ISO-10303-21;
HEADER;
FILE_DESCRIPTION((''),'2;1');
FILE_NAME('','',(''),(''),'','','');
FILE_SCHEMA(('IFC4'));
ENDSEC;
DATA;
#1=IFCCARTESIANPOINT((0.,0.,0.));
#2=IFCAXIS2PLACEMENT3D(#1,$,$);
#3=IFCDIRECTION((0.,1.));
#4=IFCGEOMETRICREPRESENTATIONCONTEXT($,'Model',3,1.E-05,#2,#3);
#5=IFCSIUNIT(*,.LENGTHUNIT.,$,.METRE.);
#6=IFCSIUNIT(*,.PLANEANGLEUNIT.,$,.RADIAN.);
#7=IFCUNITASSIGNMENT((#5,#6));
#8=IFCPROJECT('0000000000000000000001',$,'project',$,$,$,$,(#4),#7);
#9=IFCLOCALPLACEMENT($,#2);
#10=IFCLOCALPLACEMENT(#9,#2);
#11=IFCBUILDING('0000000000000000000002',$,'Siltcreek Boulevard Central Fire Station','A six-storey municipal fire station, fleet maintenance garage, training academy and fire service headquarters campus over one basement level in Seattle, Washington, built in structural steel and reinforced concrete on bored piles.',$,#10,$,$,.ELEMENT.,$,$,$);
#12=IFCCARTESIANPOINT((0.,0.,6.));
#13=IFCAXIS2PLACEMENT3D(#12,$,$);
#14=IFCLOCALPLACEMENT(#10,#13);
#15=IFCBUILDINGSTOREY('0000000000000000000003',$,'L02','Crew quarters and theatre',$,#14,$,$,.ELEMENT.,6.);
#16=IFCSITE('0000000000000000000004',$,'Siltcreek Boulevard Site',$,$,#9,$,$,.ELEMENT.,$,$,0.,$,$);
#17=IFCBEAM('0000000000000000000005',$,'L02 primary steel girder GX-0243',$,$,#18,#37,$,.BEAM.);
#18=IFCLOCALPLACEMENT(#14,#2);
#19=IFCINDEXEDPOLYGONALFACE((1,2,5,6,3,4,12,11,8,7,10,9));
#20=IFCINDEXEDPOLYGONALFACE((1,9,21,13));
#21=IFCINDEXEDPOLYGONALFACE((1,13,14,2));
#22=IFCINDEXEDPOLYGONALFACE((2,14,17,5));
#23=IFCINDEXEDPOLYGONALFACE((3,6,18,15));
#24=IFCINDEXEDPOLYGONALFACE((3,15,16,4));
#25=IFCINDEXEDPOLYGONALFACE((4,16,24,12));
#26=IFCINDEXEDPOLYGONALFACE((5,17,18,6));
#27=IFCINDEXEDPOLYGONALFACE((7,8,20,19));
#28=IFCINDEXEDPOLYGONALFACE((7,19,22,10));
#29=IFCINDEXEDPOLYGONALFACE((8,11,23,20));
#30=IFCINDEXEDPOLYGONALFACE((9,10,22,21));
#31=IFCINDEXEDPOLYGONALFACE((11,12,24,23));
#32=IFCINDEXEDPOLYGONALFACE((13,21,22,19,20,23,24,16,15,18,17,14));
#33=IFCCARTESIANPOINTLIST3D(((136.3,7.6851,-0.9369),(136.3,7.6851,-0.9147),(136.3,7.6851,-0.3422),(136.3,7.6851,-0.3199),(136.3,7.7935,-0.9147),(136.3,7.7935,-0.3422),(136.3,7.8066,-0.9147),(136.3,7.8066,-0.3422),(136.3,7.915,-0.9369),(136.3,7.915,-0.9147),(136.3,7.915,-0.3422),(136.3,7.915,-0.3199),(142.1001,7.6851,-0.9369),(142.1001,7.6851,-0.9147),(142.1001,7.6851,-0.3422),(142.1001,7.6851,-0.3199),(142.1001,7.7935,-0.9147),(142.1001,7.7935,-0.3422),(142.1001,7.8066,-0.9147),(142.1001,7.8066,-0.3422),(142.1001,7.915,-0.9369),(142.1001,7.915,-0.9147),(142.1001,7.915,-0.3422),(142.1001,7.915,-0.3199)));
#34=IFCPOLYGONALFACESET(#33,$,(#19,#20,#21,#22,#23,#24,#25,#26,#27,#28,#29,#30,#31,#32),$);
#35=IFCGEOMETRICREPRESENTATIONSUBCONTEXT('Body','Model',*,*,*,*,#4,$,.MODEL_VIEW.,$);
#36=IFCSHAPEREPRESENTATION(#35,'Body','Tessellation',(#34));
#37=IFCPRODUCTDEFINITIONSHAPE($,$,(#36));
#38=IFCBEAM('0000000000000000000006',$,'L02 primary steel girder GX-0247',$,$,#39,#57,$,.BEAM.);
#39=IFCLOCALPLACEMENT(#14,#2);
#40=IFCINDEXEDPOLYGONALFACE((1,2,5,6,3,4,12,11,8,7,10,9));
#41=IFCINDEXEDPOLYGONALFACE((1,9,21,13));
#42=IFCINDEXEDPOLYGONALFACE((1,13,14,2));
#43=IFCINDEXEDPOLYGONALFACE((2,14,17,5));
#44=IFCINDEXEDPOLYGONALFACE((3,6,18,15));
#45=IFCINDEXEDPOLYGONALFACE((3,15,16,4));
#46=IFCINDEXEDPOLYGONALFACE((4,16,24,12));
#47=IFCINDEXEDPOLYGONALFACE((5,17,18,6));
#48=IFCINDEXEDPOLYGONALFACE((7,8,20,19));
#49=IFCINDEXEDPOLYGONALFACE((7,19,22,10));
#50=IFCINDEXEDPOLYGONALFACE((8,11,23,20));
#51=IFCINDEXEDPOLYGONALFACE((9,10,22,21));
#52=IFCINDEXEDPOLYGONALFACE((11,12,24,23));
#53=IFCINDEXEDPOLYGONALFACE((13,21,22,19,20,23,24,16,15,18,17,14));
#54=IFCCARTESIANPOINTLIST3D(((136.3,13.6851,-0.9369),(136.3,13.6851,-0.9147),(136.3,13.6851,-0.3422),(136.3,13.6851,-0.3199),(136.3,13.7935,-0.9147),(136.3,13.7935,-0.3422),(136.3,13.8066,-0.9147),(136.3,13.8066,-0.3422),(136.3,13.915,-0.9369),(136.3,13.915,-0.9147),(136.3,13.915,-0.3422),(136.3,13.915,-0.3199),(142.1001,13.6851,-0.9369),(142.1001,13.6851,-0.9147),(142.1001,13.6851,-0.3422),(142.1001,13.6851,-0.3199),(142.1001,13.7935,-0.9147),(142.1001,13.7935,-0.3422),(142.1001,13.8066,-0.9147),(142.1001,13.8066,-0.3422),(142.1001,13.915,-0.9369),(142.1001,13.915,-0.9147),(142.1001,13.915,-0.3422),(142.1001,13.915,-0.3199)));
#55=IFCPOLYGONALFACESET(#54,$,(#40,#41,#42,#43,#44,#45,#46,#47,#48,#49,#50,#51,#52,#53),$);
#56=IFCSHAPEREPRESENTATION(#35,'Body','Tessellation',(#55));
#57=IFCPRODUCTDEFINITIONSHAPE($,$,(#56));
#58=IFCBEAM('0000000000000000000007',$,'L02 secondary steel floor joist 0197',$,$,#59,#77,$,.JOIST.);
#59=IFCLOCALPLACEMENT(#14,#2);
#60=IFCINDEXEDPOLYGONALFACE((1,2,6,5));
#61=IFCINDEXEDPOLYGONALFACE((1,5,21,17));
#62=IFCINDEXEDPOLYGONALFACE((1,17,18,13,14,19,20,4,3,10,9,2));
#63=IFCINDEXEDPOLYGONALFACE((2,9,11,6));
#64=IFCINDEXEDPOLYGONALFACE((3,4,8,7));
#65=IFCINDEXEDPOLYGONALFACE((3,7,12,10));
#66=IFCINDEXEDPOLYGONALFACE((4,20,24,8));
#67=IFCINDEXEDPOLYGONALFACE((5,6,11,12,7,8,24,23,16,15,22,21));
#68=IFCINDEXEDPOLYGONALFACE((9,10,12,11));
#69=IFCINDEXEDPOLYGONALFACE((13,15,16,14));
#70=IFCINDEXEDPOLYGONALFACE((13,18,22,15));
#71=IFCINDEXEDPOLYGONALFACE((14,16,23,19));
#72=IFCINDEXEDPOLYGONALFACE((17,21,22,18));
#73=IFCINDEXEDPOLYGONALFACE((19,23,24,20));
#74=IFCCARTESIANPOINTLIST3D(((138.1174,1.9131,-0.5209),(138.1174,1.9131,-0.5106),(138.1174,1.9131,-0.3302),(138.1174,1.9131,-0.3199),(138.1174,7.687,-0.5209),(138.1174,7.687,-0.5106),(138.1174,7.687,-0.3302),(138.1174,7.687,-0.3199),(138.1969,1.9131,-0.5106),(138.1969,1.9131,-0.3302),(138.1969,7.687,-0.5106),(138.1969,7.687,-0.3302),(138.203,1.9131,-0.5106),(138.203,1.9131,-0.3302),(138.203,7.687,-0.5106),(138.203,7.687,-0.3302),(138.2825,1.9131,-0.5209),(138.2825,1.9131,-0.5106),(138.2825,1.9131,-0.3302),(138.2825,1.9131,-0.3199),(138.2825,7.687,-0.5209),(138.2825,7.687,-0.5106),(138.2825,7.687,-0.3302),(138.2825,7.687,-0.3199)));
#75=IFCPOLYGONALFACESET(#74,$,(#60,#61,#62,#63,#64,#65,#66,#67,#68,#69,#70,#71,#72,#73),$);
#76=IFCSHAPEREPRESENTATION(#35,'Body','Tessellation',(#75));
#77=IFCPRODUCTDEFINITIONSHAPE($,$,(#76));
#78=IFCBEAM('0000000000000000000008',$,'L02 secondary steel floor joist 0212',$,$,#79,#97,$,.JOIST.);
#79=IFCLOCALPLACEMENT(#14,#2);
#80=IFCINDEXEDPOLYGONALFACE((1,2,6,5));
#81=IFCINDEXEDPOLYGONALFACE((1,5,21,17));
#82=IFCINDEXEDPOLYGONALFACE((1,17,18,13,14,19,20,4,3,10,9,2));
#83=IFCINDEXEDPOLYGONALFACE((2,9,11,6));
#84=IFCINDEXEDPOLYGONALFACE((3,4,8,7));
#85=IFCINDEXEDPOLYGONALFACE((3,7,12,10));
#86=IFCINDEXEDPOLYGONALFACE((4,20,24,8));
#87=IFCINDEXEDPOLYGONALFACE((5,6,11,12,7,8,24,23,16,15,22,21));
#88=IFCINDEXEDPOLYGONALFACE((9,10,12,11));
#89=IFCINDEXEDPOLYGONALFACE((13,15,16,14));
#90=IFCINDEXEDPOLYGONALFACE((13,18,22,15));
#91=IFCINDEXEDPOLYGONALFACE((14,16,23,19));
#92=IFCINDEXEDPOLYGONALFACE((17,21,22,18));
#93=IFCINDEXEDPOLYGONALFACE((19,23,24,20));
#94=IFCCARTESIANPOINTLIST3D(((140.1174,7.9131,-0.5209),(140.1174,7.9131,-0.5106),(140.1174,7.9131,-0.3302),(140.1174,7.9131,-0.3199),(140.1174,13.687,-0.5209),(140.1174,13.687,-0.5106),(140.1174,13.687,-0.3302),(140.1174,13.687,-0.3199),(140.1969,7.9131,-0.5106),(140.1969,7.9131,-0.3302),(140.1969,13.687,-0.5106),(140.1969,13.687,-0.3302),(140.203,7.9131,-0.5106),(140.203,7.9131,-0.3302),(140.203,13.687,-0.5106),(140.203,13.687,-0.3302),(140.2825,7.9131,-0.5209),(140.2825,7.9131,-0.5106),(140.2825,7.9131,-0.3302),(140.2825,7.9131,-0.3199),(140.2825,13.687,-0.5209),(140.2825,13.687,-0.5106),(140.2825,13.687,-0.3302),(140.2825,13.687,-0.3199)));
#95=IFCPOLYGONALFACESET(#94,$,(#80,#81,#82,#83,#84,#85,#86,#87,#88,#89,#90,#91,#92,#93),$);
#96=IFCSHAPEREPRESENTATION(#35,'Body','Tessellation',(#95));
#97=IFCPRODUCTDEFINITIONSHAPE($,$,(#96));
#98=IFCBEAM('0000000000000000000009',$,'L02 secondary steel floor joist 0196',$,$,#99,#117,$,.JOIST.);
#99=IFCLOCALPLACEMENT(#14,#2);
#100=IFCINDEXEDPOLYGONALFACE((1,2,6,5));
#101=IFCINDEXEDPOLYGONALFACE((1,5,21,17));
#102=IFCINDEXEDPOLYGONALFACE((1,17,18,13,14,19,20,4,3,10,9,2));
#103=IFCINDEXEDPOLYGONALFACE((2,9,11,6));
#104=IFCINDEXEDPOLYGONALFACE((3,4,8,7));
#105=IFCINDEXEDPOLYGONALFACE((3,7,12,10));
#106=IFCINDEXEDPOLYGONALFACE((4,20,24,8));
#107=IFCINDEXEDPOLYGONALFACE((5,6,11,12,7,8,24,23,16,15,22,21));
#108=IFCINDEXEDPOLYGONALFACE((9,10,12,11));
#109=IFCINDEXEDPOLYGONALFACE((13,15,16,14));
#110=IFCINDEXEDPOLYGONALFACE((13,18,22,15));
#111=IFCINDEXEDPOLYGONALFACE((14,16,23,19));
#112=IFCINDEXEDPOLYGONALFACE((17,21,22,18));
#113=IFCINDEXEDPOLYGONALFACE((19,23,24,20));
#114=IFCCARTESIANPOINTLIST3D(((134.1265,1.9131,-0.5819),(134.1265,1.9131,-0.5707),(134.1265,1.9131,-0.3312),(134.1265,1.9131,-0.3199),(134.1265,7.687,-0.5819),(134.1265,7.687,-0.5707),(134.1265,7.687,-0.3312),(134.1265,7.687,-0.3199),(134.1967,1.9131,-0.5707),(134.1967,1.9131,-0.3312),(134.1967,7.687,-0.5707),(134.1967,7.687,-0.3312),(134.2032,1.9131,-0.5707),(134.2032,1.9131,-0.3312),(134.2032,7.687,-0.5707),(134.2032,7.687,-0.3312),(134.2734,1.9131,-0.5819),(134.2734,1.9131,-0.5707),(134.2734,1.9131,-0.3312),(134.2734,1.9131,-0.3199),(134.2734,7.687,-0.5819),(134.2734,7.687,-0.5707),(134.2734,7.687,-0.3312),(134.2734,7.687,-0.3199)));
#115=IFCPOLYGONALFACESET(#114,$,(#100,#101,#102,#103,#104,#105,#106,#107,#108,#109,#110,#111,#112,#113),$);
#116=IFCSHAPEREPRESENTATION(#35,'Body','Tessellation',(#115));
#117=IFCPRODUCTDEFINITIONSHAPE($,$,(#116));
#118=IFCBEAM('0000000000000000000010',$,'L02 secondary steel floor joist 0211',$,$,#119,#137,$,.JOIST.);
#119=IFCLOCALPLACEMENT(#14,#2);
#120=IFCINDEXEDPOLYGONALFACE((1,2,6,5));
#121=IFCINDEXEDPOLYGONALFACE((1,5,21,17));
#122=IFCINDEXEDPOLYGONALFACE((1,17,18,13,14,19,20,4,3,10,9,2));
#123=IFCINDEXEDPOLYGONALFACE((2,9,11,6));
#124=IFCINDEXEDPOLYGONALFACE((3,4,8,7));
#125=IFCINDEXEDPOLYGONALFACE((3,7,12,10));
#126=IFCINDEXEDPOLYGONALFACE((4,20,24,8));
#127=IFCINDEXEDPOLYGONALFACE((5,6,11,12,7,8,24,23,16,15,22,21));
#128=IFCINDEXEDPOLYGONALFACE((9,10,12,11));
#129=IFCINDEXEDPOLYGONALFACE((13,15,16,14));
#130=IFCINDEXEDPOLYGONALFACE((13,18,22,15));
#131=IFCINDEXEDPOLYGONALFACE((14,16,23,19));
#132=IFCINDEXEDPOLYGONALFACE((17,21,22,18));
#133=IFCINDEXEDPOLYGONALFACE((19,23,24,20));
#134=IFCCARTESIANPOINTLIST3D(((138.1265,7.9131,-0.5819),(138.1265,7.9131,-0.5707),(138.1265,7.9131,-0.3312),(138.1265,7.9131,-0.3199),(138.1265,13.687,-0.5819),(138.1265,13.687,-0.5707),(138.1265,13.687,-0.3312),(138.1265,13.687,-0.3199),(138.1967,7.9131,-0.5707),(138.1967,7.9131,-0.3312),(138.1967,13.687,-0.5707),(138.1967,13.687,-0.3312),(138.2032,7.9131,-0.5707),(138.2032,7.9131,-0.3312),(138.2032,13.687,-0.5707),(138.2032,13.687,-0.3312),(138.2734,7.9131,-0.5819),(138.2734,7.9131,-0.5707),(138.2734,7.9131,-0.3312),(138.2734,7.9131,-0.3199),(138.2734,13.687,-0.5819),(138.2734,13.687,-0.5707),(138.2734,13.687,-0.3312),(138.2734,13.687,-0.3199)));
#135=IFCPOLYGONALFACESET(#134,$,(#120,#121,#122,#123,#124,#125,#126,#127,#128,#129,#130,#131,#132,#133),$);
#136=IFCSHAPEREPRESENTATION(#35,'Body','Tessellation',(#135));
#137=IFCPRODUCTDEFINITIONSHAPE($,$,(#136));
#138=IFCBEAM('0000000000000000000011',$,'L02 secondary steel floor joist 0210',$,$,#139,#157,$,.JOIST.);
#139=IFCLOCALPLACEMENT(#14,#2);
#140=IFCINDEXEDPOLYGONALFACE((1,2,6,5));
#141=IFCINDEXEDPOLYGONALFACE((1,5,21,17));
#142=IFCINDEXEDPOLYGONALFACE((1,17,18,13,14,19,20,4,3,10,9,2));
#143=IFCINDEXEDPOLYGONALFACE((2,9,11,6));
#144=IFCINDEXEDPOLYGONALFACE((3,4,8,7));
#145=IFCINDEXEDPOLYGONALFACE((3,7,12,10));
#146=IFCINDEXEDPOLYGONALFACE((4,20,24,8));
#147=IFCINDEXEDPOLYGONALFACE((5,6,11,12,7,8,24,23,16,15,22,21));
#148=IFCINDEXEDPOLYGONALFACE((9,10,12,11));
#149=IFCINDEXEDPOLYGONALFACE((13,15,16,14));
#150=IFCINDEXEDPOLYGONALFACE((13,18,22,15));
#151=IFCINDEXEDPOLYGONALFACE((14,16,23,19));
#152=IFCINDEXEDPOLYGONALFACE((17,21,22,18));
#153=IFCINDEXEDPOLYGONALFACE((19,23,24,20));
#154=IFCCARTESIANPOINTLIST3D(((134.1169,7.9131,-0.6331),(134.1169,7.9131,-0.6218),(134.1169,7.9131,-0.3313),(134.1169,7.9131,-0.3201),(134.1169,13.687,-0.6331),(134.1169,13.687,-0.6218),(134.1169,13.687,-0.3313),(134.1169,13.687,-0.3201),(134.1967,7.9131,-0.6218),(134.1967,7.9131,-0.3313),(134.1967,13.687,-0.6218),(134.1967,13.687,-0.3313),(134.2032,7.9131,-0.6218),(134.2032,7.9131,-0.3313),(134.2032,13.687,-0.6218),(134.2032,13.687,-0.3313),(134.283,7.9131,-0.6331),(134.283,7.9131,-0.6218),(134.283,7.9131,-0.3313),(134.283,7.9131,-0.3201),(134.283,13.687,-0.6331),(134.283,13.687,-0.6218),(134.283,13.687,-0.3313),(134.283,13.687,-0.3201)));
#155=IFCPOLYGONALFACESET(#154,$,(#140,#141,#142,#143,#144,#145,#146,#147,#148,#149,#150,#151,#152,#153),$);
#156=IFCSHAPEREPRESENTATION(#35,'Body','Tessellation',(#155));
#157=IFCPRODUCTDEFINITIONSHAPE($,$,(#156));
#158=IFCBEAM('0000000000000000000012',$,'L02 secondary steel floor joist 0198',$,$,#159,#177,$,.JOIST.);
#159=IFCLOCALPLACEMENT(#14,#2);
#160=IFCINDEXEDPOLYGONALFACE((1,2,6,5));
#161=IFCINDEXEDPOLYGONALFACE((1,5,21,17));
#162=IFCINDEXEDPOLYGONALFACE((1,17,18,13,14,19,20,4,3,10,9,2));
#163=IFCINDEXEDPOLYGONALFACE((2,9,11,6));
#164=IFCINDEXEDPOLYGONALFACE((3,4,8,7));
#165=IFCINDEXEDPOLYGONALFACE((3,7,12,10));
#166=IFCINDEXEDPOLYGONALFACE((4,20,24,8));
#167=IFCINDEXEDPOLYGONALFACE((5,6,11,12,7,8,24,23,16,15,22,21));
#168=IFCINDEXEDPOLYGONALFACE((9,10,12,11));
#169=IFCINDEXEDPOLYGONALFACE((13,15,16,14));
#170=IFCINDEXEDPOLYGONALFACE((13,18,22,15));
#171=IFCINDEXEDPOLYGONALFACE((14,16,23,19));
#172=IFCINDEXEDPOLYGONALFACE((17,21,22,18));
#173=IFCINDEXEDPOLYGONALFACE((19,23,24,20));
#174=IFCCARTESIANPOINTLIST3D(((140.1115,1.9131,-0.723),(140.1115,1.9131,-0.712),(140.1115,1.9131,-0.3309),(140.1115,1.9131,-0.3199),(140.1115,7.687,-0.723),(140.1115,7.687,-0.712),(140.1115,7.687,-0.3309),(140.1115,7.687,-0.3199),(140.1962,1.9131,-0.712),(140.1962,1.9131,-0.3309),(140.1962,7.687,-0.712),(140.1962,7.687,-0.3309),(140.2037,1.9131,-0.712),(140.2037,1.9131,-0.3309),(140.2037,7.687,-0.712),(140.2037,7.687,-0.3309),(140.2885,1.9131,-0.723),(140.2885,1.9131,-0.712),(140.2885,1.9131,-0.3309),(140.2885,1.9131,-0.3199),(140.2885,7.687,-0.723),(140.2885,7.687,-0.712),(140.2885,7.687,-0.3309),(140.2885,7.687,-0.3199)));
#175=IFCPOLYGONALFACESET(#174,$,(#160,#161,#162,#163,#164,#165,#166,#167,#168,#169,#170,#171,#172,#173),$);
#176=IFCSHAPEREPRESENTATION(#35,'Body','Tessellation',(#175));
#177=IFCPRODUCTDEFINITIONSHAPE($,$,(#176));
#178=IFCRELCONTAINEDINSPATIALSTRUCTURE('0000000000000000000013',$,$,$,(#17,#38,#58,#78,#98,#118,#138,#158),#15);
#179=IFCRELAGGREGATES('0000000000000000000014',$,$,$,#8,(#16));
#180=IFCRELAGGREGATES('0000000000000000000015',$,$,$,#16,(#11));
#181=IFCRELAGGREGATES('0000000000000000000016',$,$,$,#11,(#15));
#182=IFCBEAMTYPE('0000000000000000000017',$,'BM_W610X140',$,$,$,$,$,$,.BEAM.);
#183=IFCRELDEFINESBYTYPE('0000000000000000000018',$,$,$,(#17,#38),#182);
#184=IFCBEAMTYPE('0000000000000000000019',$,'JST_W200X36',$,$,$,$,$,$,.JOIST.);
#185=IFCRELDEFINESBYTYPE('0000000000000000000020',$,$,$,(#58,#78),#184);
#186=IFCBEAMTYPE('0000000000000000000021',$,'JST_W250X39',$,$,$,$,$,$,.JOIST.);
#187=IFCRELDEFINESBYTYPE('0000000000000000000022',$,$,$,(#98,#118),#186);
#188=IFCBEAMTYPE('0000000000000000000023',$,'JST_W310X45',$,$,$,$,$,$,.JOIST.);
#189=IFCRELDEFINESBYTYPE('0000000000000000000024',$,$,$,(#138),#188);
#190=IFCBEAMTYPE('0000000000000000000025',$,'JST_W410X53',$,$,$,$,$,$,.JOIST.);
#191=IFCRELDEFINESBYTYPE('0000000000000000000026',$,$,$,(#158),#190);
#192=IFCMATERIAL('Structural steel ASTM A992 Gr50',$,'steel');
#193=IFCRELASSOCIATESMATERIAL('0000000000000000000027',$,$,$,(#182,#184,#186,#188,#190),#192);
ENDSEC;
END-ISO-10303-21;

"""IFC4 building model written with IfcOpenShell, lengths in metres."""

from ifc_helpers import new_model, si_unit, direction, frame, origin, origin_2d, place, context, subcontext, project, spatial, i_section, extrude, material, material_profile, profile_set, type_object, element, save


model = new_model("IFC4")

# Units and contexts
model_context = context("Model", 3, precision=1e-05, world=origin(), true_north=direction((0.0, 1.0)))
body_context = subcontext(model_context, "Body", "Model", "MODEL_VIEW")
ifc_project = project(units=[si_unit("LENGTHUNIT", "METRE"), si_unit("PLANEANGLEUNIT", "RADIAN")], contexts=[model_context])

# Site, building, storey
site_placement = place(None, origin())
site = spatial("IfcSite", under=ifc_project, at=site_placement, Name="Siltcreek Boulevard Site", CompositionType="ELEMENT", RefElevation=0.0)
building_placement = place(site_placement, origin())
building = spatial("IfcBuilding", under=site, at=building_placement, Name="Siltcreek Boulevard Central Fire Station", Description="A six-storey municipal fire station, fleet maintenance garage, training academy and fire service headquarters campus over one basement level in Seattle, Washington, built in structural steel and reinforced concrete on bored piles.", CompositionType="ELEMENT")
storey_placement = place(building_placement, frame((0.0, 0.0, 6.0)))
storey = spatial("IfcBuildingStorey", under=building, at=storey_placement, Name="L02", Description="Crew quarters and theatre", CompositionType="ELEMENT", Elevation=6.0)

# Shared definitions
ifc_material_1 = material(Name="Structural steel ASTM A992 Gr50", Category="steel")

# Beams
ifc_material_profile_1 = material_profile(ifc_material_1, i_section(OverallWidth=0.23, OverallDepth=0.6169, WebThickness=0.0132, FlangeThickness=0.0222, at=origin_2d()), Name="W610X140")
ifc_profile_set_1 = profile_set([ifc_material_profile_1], Name="Structural steel ASTM A992 Gr50")
beam_type_1 = type_object("IfcBeamType", Name="BM_W610X140", PredefinedType="BEAM", material=ifc_profile_set_1)
for number, where, z_axis, x_axis, name in (
    (1, (136.3, 7.8, -0.6284), (1.0, 0.0, 0.0), (0.0, 1.0, 0.0), "L02 primary steel girder GX-0243"),
    (2, (136.3, 13.8, -0.6284), (1.0, 0.0, 0.0), (0.0, 1.0, 0.0), "L02 primary steel girder GX-0247"),
):
    element("IfcBeam", number, at=place(storey_placement, frame(where, z_axis=z_axis, x_axis=x_axis)), inside=storey, type_object=beam_type_1, Name=name, PredefinedType="BEAM", context=body_context, shape_type="SweptSolid", body=[
        extrude(i_section(OverallWidth=0.23, OverallDepth=0.6169, WebThickness=0.0132, FlangeThickness=0.0222, at=origin_2d()), origin(), (0.0, 0.0, 1.0), 5.8),
    ])
ifc_material_profile_2 = material_profile(ifc_material_1, i_section(OverallWidth=0.165, OverallDepth=0.2009, WebThickness=0.0061, FlangeThickness=0.0103, at=origin_2d()), Name="W200X36")
ifc_profile_set_2 = profile_set([ifc_material_profile_2], Name="Structural steel ASTM A992 Gr50")
beam_type_2 = type_object("IfcBeamType", Name="JST_W200X36", PredefinedType="JOIST", material=ifc_profile_set_2)
for number, where, z_axis, x_axis, name in (
    (3, (138.2, 1.9131, -0.4204), (0.0, 1.0, 0.0), (-1.0, 0.0, 0.0), "L02 secondary steel floor joist 0197"),
    (4, (140.2, 7.9131, -0.4204), (0.0, 1.0, 0.0), (-1.0, 0.0, 0.0), "L02 secondary steel floor joist 0212"),
):
    element("IfcBeam", number, at=place(storey_placement, frame(where, z_axis=z_axis, x_axis=x_axis)), inside=storey, type_object=beam_type_2, Name=name, PredefinedType="JOIST", context=body_context, shape_type="SweptSolid", body=[
        extrude(i_section(OverallWidth=0.165, OverallDepth=0.2009, WebThickness=0.0061, FlangeThickness=0.0103, at=origin_2d()), origin(), (0.0, 0.0, 1.0), 5.7739),
    ])
ifc_material_profile_3 = material_profile(ifc_material_1, i_section(OverallWidth=0.147, OverallDepth=0.262, WebThickness=0.0066, FlangeThickness=0.0112, at=origin_2d()), Name="W250X39")
ifc_profile_set_3 = profile_set([ifc_material_profile_3], Name="Structural steel ASTM A992 Gr50")
beam_type_3 = type_object("IfcBeamType", Name="JST_W250X39", PredefinedType="JOIST", material=ifc_profile_set_3)
for number, where, z_axis, x_axis, name in (
    (5, (134.2, 1.9131, -0.4509), (0.0, 1.0, 0.0), (-1.0, 0.0, 0.0), "L02 secondary steel floor joist 0196"),
    (6, (138.2, 7.9131, -0.4509), (0.0, 1.0, 0.0), (-1.0, 0.0, 0.0), "L02 secondary steel floor joist 0211"),
):
    element("IfcBeam", number, at=place(storey_placement, frame(where, z_axis=z_axis, x_axis=x_axis)), inside=storey, type_object=beam_type_3, Name=name, PredefinedType="JOIST", context=body_context, shape_type="SweptSolid", body=[
        extrude(i_section(OverallWidth=0.147, OverallDepth=0.262, WebThickness=0.0066, FlangeThickness=0.0112, at=origin_2d()), origin(), (0.0, 0.0, 1.0), 5.7739),
    ])
ifc_material_profile_4 = material_profile(ifc_material_1, i_section(OverallWidth=0.166, OverallDepth=0.313, WebThickness=0.0066, FlangeThickness=0.0112, at=origin_2d()), Name="W310X45")
ifc_profile_set_4 = profile_set([ifc_material_profile_4], Name="Structural steel ASTM A992 Gr50")
beam_type_4 = type_object("IfcBeamType", Name="JST_W310X45", PredefinedType="JOIST", material=ifc_profile_set_4)
beam_1_placement = place(storey_placement, frame((134.2, 7.9131, -0.4766), z_axis=(0.0, 1.0, 0.0), x_axis=(-1.0, 0.0, 0.0)))
element("IfcBeam", 7, at=beam_1_placement, inside=storey, type_object=beam_type_4, Name="L02 secondary steel floor joist 0210", PredefinedType="JOIST", context=body_context, shape_type="SweptSolid", body=[
    extrude(i_section(OverallWidth=0.166, OverallDepth=0.313, WebThickness=0.0066, FlangeThickness=0.0112, at=origin_2d()), origin(), (0.0, 0.0, 1.0), 5.7739),
])
ifc_material_profile_5 = material_profile(ifc_material_1, i_section(OverallWidth=0.177, OverallDepth=0.4031, WebThickness=0.0076, FlangeThickness=0.011, at=origin_2d()), Name="W410X53")
ifc_profile_set_5 = profile_set([ifc_material_profile_5], Name="Structural steel ASTM A992 Gr50")
beam_type_5 = type_object("IfcBeamType", Name="JST_W410X53", PredefinedType="JOIST", material=ifc_profile_set_5)
beam_2_placement = place(storey_placement, frame((140.2, 1.9131, -0.5215), z_axis=(0.0, 1.0, 0.0), x_axis=(-1.0, 0.0, 0.0)))
element("IfcBeam", 8, at=beam_2_placement, inside=storey, type_object=beam_type_5, Name="L02 secondary steel floor joist 0198", PredefinedType="JOIST", context=body_context, shape_type="SweptSolid", body=[
    extrude(i_section(OverallWidth=0.177, OverallDepth=0.4031, WebThickness=0.0076, FlangeThickness=0.011, at=origin_2d()), origin(), (0.0, 0.0, 1.0), 5.7739),
])

save(model, "model.ifc")
